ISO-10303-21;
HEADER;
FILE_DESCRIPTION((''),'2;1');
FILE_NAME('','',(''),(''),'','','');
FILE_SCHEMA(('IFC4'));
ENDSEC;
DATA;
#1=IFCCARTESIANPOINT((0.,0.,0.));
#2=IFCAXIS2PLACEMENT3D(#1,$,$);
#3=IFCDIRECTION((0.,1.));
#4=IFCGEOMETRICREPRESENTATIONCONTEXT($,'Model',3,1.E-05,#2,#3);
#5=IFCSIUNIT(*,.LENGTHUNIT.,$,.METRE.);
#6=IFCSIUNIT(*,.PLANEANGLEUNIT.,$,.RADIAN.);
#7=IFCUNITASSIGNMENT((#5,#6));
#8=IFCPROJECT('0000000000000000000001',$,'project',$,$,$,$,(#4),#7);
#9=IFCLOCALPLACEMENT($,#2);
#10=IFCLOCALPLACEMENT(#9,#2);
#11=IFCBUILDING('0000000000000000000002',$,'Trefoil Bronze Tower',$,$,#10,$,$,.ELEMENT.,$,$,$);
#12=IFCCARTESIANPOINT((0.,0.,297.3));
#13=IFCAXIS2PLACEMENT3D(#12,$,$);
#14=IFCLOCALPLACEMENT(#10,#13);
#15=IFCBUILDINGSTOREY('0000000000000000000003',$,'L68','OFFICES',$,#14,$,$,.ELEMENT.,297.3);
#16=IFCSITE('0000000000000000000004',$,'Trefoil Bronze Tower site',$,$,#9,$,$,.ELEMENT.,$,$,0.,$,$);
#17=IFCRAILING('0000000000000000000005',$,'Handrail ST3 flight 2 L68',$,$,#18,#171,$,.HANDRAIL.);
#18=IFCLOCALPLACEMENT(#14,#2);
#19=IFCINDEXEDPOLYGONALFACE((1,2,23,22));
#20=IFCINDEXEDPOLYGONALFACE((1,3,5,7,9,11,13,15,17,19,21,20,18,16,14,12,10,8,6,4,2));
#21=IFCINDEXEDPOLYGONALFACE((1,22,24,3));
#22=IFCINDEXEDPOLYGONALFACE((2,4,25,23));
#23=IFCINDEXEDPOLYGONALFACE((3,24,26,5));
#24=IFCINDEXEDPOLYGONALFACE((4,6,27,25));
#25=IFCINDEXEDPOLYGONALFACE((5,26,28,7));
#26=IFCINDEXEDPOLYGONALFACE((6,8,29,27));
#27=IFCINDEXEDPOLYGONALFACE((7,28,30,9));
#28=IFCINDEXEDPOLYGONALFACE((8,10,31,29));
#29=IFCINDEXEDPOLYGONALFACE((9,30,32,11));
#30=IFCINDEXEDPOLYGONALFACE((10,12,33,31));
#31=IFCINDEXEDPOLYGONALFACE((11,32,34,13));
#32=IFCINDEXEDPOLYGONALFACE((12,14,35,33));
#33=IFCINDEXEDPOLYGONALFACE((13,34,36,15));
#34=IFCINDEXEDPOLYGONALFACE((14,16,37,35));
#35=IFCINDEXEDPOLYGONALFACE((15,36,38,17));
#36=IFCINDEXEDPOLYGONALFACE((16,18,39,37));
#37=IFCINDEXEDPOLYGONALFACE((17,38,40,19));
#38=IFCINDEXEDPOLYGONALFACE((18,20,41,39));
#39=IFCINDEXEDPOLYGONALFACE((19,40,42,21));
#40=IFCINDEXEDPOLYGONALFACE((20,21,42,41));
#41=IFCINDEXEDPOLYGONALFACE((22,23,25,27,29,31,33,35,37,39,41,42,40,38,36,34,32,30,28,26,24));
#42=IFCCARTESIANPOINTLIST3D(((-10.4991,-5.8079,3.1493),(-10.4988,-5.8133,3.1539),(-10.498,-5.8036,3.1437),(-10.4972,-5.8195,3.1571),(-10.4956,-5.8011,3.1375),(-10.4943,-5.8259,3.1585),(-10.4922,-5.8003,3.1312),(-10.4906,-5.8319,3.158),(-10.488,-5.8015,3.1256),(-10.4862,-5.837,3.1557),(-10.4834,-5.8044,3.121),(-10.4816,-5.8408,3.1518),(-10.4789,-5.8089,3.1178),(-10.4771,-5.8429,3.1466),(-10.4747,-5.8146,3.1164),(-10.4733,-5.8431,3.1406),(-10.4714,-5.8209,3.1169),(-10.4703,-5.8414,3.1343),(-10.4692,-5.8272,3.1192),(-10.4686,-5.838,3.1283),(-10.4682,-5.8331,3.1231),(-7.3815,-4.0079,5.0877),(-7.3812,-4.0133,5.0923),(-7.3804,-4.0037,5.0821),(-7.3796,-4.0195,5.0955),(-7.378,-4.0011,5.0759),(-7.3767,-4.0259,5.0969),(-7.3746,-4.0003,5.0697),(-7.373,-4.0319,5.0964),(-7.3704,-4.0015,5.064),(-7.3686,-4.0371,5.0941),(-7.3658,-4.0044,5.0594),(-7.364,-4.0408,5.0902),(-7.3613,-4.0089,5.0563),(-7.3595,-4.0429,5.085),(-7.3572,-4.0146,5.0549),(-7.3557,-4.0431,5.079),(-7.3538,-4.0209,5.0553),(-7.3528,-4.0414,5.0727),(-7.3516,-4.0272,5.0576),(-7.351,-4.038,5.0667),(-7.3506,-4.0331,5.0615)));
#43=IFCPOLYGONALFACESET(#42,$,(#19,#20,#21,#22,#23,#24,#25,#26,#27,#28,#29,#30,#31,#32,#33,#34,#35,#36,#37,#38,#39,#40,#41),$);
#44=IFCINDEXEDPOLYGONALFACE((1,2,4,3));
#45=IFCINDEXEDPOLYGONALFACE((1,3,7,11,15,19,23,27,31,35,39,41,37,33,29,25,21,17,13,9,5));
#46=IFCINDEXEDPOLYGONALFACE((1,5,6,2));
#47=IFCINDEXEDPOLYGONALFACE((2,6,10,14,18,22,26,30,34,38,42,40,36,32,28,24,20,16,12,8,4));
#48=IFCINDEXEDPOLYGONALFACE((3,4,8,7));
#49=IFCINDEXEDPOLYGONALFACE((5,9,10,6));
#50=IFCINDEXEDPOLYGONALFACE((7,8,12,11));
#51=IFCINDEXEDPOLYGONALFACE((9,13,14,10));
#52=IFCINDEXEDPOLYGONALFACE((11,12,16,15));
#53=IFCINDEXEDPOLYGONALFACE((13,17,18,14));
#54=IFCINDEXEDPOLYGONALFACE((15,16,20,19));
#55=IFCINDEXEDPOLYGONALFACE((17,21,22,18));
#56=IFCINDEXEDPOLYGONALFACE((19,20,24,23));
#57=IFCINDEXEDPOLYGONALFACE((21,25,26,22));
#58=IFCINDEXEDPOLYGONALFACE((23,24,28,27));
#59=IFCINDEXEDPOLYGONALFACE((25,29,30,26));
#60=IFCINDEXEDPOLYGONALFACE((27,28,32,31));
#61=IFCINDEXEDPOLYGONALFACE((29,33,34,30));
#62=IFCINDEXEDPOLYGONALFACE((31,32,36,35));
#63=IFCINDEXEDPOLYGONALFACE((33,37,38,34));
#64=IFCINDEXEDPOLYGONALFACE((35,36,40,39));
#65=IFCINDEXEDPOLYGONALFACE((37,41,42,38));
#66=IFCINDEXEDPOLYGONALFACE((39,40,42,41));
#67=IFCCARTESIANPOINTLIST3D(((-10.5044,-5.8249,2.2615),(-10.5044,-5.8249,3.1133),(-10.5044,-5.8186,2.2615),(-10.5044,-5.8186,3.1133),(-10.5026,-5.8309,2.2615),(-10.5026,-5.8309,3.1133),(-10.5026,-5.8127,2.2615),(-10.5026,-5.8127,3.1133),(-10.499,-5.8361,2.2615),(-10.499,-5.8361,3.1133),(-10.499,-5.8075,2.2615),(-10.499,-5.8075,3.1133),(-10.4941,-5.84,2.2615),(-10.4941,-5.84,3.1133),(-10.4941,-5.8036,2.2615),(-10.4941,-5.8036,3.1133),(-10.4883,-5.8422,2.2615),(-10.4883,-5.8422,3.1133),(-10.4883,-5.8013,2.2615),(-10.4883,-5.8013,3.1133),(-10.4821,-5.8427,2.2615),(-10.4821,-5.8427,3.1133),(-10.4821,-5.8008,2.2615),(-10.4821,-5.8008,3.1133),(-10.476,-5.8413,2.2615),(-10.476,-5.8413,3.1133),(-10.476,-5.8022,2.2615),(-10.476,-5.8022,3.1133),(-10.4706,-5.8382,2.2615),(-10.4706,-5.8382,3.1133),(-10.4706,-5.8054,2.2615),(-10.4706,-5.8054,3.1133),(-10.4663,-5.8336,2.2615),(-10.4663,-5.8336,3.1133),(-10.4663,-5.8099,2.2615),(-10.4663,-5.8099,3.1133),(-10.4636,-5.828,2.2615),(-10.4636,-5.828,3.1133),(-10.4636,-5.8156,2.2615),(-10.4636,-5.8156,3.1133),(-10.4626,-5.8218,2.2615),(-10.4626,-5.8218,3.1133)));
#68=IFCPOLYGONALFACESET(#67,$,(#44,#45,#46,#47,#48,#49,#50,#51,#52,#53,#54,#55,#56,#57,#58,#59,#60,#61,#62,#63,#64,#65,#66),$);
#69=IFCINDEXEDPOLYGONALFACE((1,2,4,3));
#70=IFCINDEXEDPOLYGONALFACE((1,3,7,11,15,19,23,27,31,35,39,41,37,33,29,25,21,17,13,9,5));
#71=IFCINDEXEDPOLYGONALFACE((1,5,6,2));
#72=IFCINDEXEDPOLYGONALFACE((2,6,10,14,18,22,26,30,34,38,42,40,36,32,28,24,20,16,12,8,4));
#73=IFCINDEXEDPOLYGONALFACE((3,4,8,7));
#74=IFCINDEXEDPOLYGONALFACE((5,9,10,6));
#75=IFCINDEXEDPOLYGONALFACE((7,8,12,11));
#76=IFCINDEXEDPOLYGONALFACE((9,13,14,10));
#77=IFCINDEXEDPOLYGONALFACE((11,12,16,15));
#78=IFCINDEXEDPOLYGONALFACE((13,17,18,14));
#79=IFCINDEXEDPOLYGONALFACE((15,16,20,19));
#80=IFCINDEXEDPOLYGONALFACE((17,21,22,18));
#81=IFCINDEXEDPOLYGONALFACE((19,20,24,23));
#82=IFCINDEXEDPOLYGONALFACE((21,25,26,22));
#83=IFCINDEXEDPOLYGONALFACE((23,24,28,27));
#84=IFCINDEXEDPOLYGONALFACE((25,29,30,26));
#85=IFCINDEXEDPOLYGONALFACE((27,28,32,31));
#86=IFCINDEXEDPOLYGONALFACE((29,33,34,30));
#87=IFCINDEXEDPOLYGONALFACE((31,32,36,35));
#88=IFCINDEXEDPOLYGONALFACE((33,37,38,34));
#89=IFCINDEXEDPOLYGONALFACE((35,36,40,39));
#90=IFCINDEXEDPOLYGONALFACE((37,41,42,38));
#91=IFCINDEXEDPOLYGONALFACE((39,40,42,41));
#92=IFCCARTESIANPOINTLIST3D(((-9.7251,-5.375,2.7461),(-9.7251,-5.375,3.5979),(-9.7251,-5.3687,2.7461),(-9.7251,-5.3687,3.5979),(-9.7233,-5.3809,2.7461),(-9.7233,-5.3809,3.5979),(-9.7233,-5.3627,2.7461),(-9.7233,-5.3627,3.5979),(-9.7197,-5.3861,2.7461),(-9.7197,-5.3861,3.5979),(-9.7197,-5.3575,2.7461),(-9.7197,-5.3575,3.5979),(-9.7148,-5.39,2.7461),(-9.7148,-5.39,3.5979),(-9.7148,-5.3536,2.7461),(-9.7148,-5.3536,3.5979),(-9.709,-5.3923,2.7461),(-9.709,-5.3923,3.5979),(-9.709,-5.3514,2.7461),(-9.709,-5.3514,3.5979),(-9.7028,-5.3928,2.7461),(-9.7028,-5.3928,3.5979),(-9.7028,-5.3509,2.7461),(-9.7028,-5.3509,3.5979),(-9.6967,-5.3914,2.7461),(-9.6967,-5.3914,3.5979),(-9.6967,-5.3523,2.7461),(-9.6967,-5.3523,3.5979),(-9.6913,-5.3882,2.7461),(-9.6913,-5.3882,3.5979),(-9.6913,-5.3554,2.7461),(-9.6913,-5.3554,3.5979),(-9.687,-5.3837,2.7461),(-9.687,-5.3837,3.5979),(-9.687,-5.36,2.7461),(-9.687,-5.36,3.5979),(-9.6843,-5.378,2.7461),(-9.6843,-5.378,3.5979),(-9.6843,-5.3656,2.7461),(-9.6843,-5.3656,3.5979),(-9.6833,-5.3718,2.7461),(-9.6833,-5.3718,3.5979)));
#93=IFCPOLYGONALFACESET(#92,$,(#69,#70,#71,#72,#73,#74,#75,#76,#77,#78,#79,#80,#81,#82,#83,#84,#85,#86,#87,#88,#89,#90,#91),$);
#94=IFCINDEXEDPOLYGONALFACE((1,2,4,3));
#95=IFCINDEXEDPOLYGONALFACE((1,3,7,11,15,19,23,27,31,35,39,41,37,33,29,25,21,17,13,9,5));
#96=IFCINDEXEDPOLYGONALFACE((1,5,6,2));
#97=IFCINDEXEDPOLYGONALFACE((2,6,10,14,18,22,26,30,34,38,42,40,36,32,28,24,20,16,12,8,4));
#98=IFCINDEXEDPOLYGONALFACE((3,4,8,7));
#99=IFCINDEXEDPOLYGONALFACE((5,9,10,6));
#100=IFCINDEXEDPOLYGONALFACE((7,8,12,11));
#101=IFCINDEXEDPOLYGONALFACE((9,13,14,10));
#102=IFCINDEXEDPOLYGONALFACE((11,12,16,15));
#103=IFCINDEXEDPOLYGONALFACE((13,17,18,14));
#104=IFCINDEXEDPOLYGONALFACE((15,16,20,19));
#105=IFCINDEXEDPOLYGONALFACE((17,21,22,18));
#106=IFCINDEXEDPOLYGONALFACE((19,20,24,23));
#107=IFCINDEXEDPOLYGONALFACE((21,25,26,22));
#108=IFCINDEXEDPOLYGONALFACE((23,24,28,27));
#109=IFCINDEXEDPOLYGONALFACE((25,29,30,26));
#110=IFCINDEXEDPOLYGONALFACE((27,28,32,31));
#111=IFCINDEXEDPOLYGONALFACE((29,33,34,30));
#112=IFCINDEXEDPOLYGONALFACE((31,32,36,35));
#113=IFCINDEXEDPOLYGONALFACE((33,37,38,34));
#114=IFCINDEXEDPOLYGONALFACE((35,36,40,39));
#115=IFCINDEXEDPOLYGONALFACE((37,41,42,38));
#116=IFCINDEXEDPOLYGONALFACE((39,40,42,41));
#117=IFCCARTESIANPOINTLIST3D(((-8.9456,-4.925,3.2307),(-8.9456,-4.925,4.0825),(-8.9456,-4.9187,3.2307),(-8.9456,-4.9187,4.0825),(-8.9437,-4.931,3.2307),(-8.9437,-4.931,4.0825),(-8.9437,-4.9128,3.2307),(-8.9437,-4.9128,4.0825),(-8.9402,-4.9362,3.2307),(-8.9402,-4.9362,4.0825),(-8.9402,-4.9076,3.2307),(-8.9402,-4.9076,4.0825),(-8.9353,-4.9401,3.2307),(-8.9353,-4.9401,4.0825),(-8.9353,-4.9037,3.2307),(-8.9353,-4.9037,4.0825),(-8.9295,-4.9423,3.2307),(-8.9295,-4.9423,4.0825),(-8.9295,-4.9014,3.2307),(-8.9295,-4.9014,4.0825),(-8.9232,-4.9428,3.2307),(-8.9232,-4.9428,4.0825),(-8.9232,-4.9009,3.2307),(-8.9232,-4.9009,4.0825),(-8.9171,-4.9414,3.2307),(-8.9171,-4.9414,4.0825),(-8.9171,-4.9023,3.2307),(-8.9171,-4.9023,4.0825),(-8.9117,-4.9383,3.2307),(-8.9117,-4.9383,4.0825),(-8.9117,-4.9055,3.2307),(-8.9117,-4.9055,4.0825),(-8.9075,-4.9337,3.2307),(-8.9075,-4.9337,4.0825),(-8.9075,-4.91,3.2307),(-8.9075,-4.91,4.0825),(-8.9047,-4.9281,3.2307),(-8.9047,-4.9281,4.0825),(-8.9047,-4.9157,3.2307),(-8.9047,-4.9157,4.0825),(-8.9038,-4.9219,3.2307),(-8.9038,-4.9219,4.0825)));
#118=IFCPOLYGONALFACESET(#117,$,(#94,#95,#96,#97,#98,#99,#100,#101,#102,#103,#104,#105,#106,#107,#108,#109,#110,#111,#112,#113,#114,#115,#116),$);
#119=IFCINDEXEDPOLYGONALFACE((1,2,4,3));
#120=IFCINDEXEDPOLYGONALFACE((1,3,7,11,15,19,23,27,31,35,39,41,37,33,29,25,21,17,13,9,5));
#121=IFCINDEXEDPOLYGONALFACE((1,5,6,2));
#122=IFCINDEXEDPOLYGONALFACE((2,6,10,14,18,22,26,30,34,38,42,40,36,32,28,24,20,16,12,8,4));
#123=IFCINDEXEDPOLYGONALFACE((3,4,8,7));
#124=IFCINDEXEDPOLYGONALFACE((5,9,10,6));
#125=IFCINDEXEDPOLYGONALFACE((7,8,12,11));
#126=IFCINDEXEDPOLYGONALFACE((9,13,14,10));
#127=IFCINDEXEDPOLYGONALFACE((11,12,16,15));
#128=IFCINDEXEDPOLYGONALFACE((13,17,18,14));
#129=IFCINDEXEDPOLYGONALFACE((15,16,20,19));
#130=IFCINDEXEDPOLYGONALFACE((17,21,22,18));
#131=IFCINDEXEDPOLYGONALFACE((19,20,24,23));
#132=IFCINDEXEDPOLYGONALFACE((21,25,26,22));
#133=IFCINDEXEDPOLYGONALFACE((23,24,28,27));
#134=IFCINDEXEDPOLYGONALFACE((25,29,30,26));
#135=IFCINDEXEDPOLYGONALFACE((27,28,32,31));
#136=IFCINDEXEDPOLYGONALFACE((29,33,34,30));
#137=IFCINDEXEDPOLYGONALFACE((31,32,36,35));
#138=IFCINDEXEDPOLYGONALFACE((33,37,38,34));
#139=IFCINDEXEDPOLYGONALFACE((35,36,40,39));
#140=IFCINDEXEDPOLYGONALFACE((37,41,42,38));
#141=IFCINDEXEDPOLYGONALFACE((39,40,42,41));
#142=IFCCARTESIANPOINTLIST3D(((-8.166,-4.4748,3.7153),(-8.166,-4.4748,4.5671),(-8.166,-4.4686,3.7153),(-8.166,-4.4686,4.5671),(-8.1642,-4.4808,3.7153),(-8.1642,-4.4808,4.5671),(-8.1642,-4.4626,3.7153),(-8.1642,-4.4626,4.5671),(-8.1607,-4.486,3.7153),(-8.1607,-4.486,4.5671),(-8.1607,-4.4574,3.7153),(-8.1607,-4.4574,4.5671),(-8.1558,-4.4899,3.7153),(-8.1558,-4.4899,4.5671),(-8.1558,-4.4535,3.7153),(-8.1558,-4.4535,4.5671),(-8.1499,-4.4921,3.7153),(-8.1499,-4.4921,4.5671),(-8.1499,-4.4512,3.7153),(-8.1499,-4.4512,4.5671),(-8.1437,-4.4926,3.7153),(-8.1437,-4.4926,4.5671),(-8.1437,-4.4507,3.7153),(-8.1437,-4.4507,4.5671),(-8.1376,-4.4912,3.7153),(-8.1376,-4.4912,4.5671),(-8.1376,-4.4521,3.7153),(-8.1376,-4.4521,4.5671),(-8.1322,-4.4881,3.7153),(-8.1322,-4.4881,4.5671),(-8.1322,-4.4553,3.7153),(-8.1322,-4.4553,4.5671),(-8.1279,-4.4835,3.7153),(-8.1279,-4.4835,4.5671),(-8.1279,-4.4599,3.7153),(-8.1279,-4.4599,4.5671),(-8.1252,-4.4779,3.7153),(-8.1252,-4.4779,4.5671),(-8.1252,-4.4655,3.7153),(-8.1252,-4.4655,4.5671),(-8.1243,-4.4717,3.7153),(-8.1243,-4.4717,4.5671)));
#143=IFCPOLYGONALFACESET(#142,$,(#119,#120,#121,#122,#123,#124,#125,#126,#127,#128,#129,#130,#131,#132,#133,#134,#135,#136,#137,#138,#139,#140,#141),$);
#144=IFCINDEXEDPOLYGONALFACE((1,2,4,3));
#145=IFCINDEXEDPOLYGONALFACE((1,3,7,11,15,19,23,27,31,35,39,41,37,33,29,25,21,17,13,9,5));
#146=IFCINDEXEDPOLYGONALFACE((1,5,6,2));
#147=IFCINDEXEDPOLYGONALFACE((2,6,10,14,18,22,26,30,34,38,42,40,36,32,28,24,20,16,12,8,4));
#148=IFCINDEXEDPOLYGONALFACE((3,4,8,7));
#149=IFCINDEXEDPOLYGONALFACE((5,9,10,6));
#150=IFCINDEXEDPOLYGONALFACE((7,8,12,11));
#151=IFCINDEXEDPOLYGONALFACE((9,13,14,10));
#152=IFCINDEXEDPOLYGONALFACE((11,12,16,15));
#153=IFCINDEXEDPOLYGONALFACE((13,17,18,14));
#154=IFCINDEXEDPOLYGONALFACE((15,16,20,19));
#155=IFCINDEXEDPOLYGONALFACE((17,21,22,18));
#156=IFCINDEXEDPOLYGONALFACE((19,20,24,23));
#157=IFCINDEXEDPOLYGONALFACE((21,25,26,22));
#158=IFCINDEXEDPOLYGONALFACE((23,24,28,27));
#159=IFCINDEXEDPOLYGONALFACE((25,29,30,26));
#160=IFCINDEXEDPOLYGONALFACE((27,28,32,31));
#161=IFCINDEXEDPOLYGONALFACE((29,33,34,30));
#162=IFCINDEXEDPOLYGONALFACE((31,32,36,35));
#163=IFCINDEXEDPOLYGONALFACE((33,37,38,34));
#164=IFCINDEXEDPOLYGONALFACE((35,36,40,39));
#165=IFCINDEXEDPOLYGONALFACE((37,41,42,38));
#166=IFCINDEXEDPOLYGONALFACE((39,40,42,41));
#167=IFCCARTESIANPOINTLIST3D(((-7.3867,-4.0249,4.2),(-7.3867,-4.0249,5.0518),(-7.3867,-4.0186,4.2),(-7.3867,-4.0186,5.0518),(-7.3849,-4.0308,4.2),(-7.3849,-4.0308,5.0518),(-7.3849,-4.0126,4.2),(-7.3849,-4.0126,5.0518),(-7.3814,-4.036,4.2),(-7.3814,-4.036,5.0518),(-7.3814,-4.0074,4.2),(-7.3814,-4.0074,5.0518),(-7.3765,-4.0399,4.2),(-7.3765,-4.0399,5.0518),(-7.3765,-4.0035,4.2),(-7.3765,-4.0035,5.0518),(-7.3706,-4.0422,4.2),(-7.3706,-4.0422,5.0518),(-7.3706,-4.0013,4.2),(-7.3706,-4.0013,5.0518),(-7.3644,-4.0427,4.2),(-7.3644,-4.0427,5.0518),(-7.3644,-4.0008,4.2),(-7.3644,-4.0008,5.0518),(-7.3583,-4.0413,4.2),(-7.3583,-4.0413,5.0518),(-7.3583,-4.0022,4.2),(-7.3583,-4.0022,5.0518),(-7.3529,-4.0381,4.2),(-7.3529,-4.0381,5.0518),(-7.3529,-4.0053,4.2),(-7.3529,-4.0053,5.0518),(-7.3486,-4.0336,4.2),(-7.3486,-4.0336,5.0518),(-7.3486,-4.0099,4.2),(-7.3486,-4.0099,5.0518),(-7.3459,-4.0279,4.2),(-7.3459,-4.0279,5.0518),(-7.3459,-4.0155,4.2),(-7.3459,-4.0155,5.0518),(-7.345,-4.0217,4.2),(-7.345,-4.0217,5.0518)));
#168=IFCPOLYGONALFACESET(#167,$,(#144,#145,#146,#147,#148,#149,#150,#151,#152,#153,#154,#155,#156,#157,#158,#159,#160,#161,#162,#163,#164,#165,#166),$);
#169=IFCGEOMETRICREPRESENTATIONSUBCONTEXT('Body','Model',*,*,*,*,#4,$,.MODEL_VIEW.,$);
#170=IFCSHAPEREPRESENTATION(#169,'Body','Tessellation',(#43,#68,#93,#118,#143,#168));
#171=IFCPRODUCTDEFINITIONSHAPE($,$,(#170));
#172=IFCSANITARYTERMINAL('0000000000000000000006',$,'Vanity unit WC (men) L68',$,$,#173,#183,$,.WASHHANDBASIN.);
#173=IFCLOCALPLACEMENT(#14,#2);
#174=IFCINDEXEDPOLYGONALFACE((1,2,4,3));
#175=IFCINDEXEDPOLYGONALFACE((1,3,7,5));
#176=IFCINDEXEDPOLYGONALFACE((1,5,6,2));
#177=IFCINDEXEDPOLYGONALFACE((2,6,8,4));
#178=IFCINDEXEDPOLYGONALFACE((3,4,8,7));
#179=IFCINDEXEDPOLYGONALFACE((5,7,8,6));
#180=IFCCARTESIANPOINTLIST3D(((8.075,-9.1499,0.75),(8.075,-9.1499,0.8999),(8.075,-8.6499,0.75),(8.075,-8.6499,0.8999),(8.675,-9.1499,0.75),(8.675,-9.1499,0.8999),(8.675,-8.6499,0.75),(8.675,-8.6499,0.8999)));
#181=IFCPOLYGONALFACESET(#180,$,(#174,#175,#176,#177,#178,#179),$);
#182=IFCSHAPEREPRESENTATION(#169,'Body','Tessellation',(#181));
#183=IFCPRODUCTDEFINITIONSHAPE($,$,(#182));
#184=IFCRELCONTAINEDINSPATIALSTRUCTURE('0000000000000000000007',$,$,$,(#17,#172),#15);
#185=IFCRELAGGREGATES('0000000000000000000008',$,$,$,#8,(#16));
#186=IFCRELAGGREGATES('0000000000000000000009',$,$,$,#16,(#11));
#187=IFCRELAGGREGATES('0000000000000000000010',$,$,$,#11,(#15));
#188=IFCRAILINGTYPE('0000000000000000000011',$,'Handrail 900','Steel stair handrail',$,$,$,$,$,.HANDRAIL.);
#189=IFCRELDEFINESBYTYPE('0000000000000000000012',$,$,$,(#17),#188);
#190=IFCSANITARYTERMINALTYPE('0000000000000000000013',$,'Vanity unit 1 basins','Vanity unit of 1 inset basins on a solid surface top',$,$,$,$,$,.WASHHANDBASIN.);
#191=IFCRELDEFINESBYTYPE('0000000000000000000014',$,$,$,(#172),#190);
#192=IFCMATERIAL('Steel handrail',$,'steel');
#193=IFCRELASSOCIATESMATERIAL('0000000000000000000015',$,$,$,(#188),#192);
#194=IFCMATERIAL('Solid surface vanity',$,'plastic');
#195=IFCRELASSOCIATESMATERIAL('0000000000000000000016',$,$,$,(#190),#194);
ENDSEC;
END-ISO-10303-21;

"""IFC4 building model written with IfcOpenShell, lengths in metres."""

from ifc_helpers import new_model, si_unit, direction, frame, origin, origin_2d, place, context, subcontext, project, spatial, polyline, circle, outline, extrude, material, type_object, element, save


model = new_model("IFC4")

# Units and contexts
model_context = context("Model", 3, precision=1e-05, world=origin(), true_north=direction((0.0, 1.0)))
body_context = subcontext(model_context, "Body", "Model", "MODEL_VIEW")
ifc_project = project(units=[si_unit("LENGTHUNIT", "METRE"), si_unit("PLANEANGLEUNIT", "RADIAN")], contexts=[model_context])

# Site, building, storey
site_placement = place(None, origin())
site = spatial("IfcSite", under=ifc_project, at=site_placement, Name="Trefoil Bronze Tower site", CompositionType="ELEMENT", RefElevation=0.0)
building_placement = place(site_placement, origin())
building = spatial("IfcBuilding", under=site, at=building_placement, Name="Trefoil Bronze Tower", CompositionType="ELEMENT")
storey_placement = place(building_placement, frame((0.0, 0.0, 297.3)))
storey = spatial("IfcBuildingStorey", under=building, at=storey_placement, Name="L68", Description="OFFICES", CompositionType="ELEMENT", Elevation=297.3)

# Railing
ifc_material_1 = material(Name="Steel handrail", Category="steel")
railing_type = type_object("IfcRailingType", Name="Handrail 900", Description="Steel stair handrail", PredefinedType="HANDRAIL", material=ifc_material_1)
railing_1_placement = place(storey_placement, frame((-10.4836, -5.8218, 2.2615)))
element("IfcRailing", 1, at=railing_1_placement, inside=storey, type_object=railing_type, Name="Handrail ST3 flight 2 L68", PredefinedType="HANDRAIL", context=body_context, shape_type="SweptSolid", body=[
    extrude(circle(Radius=0.0239, at=origin_2d()), frame((0.0, 0.0, 0.876), z_axis=(0.762503, 0.440246, 0.474102), x_axis=(-0.500012, 0.866018, 0.0)), (0.0, 0.0, 1.0), 4.0886),
    extrude(circle(Radius=0.021, at=origin_2d()), origin(), (0.0, 0.0, 1.0), 0.8518),
    extrude(circle(Radius=0.021, at=origin_2d()), frame((0.7793, 0.45, 0.4846)), (0.0, 0.0, 1.0), 0.8518),
    extrude(circle(Radius=0.021, at=origin_2d()), frame((1.5588, 0.8999, 0.9692)), (0.0, 0.0, 1.0), 0.8518),
    extrude(circle(Radius=0.021, at=origin_2d()), frame((2.3384, 1.3501, 1.4539)), (0.0, 0.0, 1.0), 0.8518),
    extrude(circle(Radius=0.021, at=origin_2d()), frame((3.1177, 1.8, 1.9385)), (0.0, 0.0, 1.0), 0.8518),
])

# Sanitary terminal
ifc_material_2 = material(Name="Solid surface vanity", Category="plastic")
sanitary_terminal_type = type_object("IfcSanitaryTerminalType", Name="Vanity unit 1 basins", Description="Vanity unit of 1 inset basins on a solid surface top", PredefinedType="WASHHANDBASIN", material=ifc_material_2)
sanitary_terminal_placement = place(storey_placement, frame((0.0, 0.0, 0.75)))
element("IfcSanitaryTerminal", 2, at=sanitary_terminal_placement, inside=storey, type_object=sanitary_terminal_type, Name="Vanity unit WC (men) L68", PredefinedType="WASHHANDBASIN", context=body_context, shape_type="SweptSolid", body=[
    extrude(outline(polyline([(8.075, -8.6499), (8.675, -8.6499), (8.675, -9.1499), (8.075, -9.1499), (8.075, -8.6499)])), origin(), (0.0, 0.0, 1.0), 0.1499),
])

save(model, "model.ifc")
